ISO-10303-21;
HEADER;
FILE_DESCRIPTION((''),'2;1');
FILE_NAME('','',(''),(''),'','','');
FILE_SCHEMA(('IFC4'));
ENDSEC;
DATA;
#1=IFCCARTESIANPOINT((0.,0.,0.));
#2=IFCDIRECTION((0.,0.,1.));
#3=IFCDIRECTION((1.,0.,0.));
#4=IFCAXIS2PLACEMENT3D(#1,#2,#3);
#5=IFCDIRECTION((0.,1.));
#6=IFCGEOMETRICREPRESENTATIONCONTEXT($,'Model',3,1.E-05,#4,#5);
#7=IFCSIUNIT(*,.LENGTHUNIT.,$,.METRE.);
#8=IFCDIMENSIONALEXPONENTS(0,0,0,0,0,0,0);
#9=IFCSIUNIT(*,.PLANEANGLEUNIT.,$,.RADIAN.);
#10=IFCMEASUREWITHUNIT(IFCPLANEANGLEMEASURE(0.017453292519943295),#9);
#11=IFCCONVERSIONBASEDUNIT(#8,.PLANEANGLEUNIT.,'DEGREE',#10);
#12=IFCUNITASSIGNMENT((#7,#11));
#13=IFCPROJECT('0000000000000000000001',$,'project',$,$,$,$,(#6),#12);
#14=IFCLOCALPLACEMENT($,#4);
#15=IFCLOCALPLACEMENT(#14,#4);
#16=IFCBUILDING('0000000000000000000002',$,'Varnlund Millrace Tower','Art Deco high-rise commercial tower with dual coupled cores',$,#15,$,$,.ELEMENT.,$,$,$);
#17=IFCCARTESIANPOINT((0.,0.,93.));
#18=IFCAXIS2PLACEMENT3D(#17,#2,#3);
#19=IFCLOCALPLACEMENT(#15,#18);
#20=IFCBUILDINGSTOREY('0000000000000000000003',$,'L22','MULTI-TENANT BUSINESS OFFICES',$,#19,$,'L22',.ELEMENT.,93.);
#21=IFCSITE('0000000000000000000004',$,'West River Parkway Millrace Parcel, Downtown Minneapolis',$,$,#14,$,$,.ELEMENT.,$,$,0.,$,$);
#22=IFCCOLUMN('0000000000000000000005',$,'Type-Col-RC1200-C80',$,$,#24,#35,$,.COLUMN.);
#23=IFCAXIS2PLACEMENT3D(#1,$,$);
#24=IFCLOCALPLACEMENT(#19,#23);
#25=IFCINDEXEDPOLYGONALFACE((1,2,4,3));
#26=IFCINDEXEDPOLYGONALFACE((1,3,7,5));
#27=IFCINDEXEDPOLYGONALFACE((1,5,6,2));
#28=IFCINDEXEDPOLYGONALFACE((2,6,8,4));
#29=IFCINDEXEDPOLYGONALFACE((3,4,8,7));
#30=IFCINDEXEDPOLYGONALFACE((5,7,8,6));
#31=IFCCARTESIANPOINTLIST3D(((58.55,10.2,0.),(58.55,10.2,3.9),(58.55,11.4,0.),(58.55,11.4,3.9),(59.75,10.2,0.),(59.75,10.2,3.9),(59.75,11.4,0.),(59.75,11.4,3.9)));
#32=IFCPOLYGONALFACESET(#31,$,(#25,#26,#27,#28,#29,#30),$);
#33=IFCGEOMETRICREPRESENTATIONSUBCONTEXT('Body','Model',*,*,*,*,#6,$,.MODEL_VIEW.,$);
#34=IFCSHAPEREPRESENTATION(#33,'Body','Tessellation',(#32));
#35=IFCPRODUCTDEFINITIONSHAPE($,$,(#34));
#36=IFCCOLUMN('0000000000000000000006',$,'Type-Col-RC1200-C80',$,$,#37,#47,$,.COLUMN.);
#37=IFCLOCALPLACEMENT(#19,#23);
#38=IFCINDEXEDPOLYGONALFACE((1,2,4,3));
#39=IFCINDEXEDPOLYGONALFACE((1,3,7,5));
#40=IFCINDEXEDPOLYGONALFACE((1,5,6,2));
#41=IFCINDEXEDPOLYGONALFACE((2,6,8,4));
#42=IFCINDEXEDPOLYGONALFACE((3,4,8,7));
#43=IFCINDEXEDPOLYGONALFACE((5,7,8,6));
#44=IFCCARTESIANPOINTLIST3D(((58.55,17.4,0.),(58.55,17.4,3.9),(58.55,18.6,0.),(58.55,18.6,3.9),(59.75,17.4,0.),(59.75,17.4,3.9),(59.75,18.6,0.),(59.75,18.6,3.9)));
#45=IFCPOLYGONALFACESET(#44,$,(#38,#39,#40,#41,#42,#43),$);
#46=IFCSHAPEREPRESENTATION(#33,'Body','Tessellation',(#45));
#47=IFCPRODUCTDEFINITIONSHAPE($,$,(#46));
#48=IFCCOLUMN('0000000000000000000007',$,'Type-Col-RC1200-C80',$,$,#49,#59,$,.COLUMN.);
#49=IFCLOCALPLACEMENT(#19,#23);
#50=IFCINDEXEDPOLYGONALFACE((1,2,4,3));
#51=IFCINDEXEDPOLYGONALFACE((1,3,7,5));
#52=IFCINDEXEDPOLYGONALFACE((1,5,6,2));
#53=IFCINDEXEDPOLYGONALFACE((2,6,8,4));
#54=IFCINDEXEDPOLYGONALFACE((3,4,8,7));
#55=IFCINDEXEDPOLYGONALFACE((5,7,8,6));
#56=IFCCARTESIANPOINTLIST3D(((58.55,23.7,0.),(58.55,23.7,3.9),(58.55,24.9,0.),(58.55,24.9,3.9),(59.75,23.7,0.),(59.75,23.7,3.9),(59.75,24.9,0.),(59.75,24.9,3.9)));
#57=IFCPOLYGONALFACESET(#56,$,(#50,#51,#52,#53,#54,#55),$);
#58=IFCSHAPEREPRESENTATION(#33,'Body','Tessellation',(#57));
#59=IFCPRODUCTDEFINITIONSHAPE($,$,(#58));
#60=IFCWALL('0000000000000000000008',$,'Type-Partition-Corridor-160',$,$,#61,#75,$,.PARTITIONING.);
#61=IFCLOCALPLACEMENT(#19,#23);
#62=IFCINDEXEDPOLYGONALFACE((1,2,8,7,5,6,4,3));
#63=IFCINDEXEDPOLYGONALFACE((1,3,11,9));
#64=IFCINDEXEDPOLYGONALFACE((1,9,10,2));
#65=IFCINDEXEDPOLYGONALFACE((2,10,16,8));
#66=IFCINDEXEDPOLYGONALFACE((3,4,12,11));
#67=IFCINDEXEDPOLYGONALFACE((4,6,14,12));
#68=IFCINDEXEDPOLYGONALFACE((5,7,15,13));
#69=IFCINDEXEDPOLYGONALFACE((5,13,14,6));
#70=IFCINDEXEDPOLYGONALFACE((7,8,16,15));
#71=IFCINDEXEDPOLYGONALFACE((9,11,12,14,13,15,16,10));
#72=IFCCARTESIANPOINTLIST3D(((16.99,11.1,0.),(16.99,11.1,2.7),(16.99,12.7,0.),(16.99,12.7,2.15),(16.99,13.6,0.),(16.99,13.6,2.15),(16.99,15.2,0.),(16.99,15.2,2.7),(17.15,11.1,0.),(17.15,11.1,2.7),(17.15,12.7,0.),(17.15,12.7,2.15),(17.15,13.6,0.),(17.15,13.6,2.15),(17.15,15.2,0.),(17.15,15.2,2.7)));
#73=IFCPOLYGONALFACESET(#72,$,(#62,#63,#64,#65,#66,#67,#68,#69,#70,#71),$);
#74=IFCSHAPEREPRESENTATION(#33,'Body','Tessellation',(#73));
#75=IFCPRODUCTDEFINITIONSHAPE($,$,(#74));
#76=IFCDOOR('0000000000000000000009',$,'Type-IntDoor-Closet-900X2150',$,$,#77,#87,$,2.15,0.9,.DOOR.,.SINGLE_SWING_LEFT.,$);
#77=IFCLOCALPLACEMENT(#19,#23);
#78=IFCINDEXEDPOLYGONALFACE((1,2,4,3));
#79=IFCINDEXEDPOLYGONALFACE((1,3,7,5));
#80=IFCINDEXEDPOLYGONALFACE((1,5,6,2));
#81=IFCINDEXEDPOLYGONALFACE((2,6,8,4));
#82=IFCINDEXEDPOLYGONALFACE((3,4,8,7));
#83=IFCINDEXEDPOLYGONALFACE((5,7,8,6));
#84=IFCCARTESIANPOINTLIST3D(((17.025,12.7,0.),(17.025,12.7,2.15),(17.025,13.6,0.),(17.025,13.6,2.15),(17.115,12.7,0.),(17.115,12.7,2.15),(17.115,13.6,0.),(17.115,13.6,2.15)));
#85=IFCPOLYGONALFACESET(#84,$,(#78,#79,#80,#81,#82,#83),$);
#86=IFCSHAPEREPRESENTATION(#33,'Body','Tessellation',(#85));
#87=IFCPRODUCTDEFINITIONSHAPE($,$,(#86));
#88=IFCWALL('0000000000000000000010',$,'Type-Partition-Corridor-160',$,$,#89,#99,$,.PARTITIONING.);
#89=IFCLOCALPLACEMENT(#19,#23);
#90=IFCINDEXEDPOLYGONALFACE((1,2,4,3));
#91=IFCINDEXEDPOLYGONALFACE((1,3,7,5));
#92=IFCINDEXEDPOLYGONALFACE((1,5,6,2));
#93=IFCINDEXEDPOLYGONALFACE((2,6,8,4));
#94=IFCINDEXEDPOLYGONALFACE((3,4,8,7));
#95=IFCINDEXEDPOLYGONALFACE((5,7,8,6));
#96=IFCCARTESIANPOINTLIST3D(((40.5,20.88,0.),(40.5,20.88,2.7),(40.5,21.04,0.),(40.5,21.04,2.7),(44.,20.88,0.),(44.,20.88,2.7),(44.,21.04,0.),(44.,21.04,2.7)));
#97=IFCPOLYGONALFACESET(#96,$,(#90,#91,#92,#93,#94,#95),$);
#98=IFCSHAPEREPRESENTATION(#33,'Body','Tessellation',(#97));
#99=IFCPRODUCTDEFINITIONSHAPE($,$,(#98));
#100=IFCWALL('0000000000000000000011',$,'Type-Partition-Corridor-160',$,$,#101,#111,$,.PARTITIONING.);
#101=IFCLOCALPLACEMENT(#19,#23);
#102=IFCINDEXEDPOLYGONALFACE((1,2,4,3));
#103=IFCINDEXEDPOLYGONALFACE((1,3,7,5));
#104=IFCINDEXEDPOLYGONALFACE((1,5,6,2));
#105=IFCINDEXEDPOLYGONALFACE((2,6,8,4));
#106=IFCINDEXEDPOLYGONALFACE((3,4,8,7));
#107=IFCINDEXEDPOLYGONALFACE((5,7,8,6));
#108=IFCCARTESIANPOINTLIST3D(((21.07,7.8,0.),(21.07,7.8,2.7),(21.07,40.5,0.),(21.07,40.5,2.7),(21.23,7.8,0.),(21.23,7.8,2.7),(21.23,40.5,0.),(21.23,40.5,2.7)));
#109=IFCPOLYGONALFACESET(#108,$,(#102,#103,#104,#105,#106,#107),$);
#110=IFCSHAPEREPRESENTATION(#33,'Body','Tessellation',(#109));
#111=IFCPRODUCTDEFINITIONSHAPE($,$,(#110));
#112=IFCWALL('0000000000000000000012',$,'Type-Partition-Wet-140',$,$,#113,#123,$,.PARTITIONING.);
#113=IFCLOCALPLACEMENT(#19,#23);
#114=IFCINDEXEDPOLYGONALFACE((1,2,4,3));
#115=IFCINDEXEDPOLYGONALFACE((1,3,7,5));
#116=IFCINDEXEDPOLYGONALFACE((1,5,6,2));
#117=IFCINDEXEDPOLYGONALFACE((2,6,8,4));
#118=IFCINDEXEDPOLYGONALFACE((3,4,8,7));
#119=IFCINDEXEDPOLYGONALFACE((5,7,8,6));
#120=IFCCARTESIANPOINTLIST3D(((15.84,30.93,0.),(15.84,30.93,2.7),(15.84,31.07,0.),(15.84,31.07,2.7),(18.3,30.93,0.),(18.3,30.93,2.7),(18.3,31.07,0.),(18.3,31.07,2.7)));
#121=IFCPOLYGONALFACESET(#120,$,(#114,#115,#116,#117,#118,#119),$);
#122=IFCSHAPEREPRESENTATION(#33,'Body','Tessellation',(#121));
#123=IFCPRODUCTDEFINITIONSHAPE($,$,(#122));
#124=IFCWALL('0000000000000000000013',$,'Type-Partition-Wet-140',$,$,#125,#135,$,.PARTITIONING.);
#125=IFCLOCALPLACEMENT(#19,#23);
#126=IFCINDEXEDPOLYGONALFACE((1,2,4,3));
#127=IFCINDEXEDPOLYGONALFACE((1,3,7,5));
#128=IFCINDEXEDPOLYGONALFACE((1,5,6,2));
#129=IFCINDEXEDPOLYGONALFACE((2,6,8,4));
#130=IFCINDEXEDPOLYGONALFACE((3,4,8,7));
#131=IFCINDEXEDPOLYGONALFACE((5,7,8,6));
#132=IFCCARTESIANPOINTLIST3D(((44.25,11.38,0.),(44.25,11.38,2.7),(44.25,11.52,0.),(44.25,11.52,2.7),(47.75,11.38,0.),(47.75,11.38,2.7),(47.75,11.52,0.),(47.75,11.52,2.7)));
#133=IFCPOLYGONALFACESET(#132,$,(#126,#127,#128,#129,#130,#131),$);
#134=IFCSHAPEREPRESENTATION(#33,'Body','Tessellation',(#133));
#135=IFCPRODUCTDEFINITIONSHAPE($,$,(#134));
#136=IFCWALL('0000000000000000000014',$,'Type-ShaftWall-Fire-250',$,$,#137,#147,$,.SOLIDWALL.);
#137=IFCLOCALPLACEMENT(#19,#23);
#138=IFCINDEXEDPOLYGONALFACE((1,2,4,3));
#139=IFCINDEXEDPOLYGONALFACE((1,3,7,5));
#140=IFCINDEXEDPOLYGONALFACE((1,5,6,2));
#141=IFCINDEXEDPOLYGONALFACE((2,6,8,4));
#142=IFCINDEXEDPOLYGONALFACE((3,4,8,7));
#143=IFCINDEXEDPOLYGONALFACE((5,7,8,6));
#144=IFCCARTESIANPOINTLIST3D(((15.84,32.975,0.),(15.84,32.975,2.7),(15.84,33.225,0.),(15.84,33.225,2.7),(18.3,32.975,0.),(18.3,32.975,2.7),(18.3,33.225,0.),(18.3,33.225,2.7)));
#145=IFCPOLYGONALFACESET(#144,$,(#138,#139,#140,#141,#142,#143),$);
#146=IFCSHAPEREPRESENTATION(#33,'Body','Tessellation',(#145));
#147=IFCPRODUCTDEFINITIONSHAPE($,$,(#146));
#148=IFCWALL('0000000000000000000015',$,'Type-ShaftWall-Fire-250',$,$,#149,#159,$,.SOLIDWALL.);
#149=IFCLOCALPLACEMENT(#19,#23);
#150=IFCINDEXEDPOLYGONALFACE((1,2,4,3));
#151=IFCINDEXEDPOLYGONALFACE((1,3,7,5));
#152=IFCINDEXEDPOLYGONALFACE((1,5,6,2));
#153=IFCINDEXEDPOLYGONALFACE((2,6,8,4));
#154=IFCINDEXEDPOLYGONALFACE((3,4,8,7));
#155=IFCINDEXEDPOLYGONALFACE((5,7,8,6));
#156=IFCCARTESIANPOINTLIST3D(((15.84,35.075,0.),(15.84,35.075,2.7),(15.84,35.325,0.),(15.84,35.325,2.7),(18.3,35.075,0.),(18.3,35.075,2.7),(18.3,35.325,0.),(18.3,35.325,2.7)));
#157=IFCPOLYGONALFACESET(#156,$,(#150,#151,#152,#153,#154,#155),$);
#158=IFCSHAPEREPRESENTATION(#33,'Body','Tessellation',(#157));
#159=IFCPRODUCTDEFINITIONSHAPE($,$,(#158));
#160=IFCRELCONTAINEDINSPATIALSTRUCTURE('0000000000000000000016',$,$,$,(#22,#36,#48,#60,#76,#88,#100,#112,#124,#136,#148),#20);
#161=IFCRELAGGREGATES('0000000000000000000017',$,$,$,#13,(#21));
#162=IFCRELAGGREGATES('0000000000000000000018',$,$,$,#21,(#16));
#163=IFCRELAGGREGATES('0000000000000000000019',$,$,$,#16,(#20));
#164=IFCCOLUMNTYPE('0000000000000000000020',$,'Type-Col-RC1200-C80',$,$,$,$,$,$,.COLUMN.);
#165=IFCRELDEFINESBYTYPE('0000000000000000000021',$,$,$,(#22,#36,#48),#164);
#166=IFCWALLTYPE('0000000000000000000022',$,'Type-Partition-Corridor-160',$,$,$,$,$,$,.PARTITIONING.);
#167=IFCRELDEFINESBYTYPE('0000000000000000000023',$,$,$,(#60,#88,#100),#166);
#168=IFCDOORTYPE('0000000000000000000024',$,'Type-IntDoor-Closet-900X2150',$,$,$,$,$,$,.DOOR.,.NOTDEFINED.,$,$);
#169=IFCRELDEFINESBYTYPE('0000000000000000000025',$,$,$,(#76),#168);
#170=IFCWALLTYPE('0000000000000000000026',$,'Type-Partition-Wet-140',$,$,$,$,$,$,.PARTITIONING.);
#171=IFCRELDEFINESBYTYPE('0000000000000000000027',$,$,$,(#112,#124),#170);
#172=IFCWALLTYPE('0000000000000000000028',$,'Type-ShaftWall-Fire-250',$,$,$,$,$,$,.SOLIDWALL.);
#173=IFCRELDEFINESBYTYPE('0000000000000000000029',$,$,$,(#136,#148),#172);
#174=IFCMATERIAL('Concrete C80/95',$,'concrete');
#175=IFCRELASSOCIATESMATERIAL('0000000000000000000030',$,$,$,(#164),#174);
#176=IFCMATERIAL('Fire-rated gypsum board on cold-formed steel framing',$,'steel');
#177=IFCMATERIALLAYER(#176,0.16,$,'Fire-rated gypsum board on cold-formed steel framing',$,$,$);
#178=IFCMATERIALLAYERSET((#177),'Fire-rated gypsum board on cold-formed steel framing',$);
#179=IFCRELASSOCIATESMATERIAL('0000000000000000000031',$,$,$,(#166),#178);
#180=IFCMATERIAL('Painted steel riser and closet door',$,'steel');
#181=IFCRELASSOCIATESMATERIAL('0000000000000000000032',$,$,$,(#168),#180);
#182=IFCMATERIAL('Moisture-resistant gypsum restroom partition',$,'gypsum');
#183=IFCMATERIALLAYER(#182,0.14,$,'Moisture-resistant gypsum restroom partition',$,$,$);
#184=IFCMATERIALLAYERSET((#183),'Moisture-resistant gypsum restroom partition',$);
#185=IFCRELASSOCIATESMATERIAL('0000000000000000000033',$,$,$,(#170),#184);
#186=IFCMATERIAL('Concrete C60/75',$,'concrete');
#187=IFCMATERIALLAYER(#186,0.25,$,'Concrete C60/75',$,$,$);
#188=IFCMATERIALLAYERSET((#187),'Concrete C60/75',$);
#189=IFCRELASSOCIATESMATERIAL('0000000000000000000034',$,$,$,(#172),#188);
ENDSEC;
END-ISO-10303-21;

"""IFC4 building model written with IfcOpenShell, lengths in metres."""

from ifc_helpers import new_model, entity, si_unit, converted_unit, direction, frame, origin_with_axes, origin_2d_with_axis, place, context, subcontext, project, spatial, polyline, rectangle, outline, extrude, material, layer, layer_set, material_profile, profile_set, type_object, element, fill, save


model = new_model("IFC4")

# Units and contexts
model_context = context("Model", 3, precision=1e-05, world=origin_with_axes(), true_north=direction((0.0, 1.0)))
body_context = subcontext(model_context, "Body", "Model", "MODEL_VIEW")
ifc_project = project(units=[si_unit("LENGTHUNIT", "METRE"), converted_unit("PLANEANGLEUNIT", "DEGREE", entity("IfcPlaneAngleMeasure", 0.017453292519943295), si_unit("PLANEANGLEUNIT", "RADIAN"), dimensions=[0, 0, 0, 0, 0, 0, 0])], contexts=[model_context])

# Site, building, storey
site_placement = place(None, origin_with_axes())
site = spatial("IfcSite", under=ifc_project, at=site_placement, Name="West River Parkway Millrace Parcel, Downtown Minneapolis", CompositionType="ELEMENT", RefElevation=0.0)
building_placement = place(site_placement, origin_with_axes())
building = spatial("IfcBuilding", under=site, at=building_placement, Name="Varnlund Millrace Tower", Description="Art Deco high-rise commercial tower with dual coupled cores", CompositionType="ELEMENT")
storey_placement = place(building_placement, frame((0.0, 0.0, 93.0), z_axis=(0.0, 0.0, 1.0), x_axis=(1.0, 0.0, 0.0)))
storey = spatial("IfcBuildingStorey", under=building, at=storey_placement, Name="L22", Description="MULTI-TENANT BUSINESS OFFICES", LongName="L22", CompositionType="ELEMENT", Elevation=93.0)

# Columns
ifc_material_1 = material(Name="Concrete C80/95", Category="concrete")
ifc_material_profile = material_profile(ifc_material_1, rectangle(XDim=1.2, YDim=1.2, at=origin_2d_with_axis()), Name="Concrete C80/95")
ifc_profile_set = profile_set([ifc_material_profile], Name="Concrete C80/95")
column_type = type_object("IfcColumnType", Name="Type-Col-RC1200-C80", PredefinedType="COLUMN", material=ifc_profile_set)
for number, where, z_axis, x_axis, name in (
    (1, (59.15, 10.8, 0.0), (0.0, 0.0, 1.0), (1.0, 0.0, 0.0), "Type-Col-RC1200-C80"),
    (2, (59.15, 18.0, 0.0), (0.0, 0.0, 1.0), (1.0, 0.0, 0.0), "Type-Col-RC1200-C80"),
    (3, (59.15, 24.3, 0.0), (0.0, 0.0, 1.0), (1.0, 0.0, 0.0), "Type-Col-RC1200-C80"),
):
    element("IfcColumn", number, at=place(storey_placement, frame(where, z_axis=z_axis, x_axis=x_axis)), inside=storey, type_object=column_type, Name=name, PredefinedType="COLUMN", context=body_context, shape_type="SweptSolid", body=[
        extrude(rectangle(XDim=1.2, YDim=1.2, at=origin_2d_with_axis()), origin_with_axes(), (0.0, 0.0, 1.0), 3.9),
    ])

# Wall, opening, door
ifc_material_2 = material(Name="Fire-rated gypsum board on cold-formed steel framing", Category="steel")
ifc_layer_1 = layer(ifc_material_2, 0.16, Name="Fire-rated gypsum board on cold-formed steel framing")
ifc_layer_set_1 = layer_set([ifc_layer_1], Name="Fire-rated gypsum board on cold-formed steel framing")
wall_type_1 = type_object("IfcWallType", Name="Type-Partition-Corridor-160", PredefinedType="PARTITIONING", material=ifc_layer_set_1)
wall_1_placement = place(storey_placement, frame((17.07, 11.1, 0.0), z_axis=(0.0, 0.0, 1.0), x_axis=(0.0, 1.0, 0.0)))
wall_1 = element("IfcWall", 4, at=wall_1_placement, inside=storey, type_object=wall_type_1, Name="Type-Partition-Corridor-160", PredefinedType="PARTITIONING", context=body_context, shape_type="SweptSolid", body=[
    extrude(outline(polyline([(0.0, -0.08), (4.1, -0.08), (4.1, 0.08), (0.0, 0.08), (0.0, -0.08)])), origin_with_axes(), (0.0, 0.0, 1.0), 2.7),
])
opening_placement = place(wall_1_placement, frame((2.05, 0.0, 0.0), z_axis=(0.0, 0.0, 1.0), x_axis=(1.0, 0.0, 0.0)))
opening = element("IfcOpeningElement", 5, at=opening_placement, cuts=wall_1, PredefinedType="OPENING", context=body_context, shape_type="SweptSolid", body=[
    extrude(rectangle(XDim=0.9, YDim=0.18, at=origin_2d_with_axis()), origin_with_axes(), (0.0, 0.0, 1.0), 2.15),
])
ifc_material_3 = material(Name="Painted steel riser and closet door", Category="steel")
door_type = type_object("IfcDoorType", Name="Type-IntDoor-Closet-900X2150", OperationType="NOTDEFINED", PredefinedType="DOOR", material=ifc_material_3)
door_placement = place(wall_1_placement, frame((2.05, 0.0, 0.0), z_axis=(0.0, 0.0, 1.0), x_axis=(1.0, 0.0, 0.0)))
door = element("IfcDoor", 6, at=door_placement, inside=storey, type_object=door_type, Name="Type-IntDoor-Closet-900X2150", OperationType="SINGLE_SWING_LEFT", OverallHeight=2.15, OverallWidth=0.9, PredefinedType="DOOR", context=body_context, shape_type="SweptSolid", body=[
    extrude(rectangle(XDim=0.9, YDim=0.09, at=origin_2d_with_axis()), origin_with_axes(), (0.0, 0.0, 1.0), 2.15),
])
fill(opening, door)

# Walls
wall_2_placement = place(storey_placement, frame((40.5, 20.96, 0.0), z_axis=(0.0, 0.0, 1.0), x_axis=(1.0, 0.0, 0.0)))
element("IfcWall", 7, at=wall_2_placement, inside=storey, type_object=wall_type_1, Name="Type-Partition-Corridor-160", PredefinedType="PARTITIONING", context=body_context, shape_type="SweptSolid", body=[
    extrude(outline(polyline([(0.0, -0.08), (3.5, -0.08), (3.5, 0.08), (0.0, 0.08), (0.0, -0.08)])), origin_with_axes(), (0.0, 0.0, 1.0), 2.7),
])
wall_3_placement = place(storey_placement, frame((21.15, 7.8, 0.0), z_axis=(0.0, 0.0, 1.0), x_axis=(0.0, 1.0, 0.0)))
element("IfcWall", 8, at=wall_3_placement, inside=storey, type_object=wall_type_1, Name="Type-Partition-Corridor-160", PredefinedType="PARTITIONING", context=body_context, shape_type="SweptSolid", body=[
    extrude(outline(polyline([(0.0, -0.08), (32.7, -0.08), (32.7, 0.08), (0.0, 0.08), (0.0, -0.08)])), origin_with_axes(), (0.0, 0.0, 1.0), 2.7),
])
ifc_material_4 = material(Name="Moisture-resistant gypsum restroom partition", Category="gypsum")
ifc_layer_2 = layer(ifc_material_4, 0.14, Name="Moisture-resistant gypsum restroom partition")
ifc_layer_set_2 = layer_set([ifc_layer_2], Name="Moisture-resistant gypsum restroom partition")
wall_type_2 = type_object("IfcWallType", Name="Type-Partition-Wet-140", PredefinedType="PARTITIONING", material=ifc_layer_set_2)
wall_4_placement = place(storey_placement, frame((15.84, 31.0, 0.0), z_axis=(0.0, 0.0, 1.0), x_axis=(1.0, 0.0, 0.0)))
element("IfcWall", 9, at=wall_4_placement, inside=storey, type_object=wall_type_2, Name="Type-Partition-Wet-140", PredefinedType="PARTITIONING", context=body_context, shape_type="SweptSolid", body=[
    extrude(outline(polyline([(0.0, -0.07), (2.46, -0.07), (2.46, 0.07), (0.0, 0.07), (0.0, -0.07)])), origin_with_axes(), (0.0, 0.0, 1.0), 2.7),
])
wall_5_placement = place(storey_placement, frame((44.25, 11.45, 0.0), z_axis=(0.0, 0.0, 1.0), x_axis=(1.0, 0.0, 0.0)))
element("IfcWall", 10, at=wall_5_placement, inside=storey, type_object=wall_type_2, Name="Type-Partition-Wet-140", PredefinedType="PARTITIONING", context=body_context, shape_type="SweptSolid", body=[
    extrude(outline(polyline([(0.0, -0.07), (3.5, -0.07), (3.5, 0.07), (0.0, 0.07), (0.0, -0.07)])), origin_with_axes(), (0.0, 0.0, 1.0), 2.7),
])
ifc_material_5 = material(Name="Concrete C60/75", Category="concrete")
ifc_layer_3 = layer(ifc_material_5, 0.25, Name="Concrete C60/75")
ifc_layer_set_3 = layer_set([ifc_layer_3], Name="Concrete C60/75")
wall_type_3 = type_object("IfcWallType", Name="Type-ShaftWall-Fire-250", PredefinedType="SOLIDWALL", material=ifc_layer_set_3)
for number, where, z_axis, x_axis, name in (
    (11, (15.84, 33.1, 0.0), (0.0, 0.0, 1.0), (1.0, 0.0, 0.0), "Type-ShaftWall-Fire-250"),
    (12, (15.84, 35.2, 0.0), (0.0, 0.0, 1.0), (1.0, 0.0, 0.0), "Type-ShaftWall-Fire-250"),
):
    element("IfcWall", number, at=place(storey_placement, frame(where, z_axis=z_axis, x_axis=x_axis)), inside=storey, type_object=wall_type_3, Name=name, PredefinedType="SOLIDWALL", context=body_context, shape_type="SweptSolid", body=[
        extrude(outline(polyline([(0.0, -0.125), (2.46, -0.125), (2.46, 0.125), (0.0, 0.125), (0.0, -0.125)])), origin_with_axes(), (0.0, 0.0, 1.0), 2.7),
    ])

save(model, "model.ifc")
